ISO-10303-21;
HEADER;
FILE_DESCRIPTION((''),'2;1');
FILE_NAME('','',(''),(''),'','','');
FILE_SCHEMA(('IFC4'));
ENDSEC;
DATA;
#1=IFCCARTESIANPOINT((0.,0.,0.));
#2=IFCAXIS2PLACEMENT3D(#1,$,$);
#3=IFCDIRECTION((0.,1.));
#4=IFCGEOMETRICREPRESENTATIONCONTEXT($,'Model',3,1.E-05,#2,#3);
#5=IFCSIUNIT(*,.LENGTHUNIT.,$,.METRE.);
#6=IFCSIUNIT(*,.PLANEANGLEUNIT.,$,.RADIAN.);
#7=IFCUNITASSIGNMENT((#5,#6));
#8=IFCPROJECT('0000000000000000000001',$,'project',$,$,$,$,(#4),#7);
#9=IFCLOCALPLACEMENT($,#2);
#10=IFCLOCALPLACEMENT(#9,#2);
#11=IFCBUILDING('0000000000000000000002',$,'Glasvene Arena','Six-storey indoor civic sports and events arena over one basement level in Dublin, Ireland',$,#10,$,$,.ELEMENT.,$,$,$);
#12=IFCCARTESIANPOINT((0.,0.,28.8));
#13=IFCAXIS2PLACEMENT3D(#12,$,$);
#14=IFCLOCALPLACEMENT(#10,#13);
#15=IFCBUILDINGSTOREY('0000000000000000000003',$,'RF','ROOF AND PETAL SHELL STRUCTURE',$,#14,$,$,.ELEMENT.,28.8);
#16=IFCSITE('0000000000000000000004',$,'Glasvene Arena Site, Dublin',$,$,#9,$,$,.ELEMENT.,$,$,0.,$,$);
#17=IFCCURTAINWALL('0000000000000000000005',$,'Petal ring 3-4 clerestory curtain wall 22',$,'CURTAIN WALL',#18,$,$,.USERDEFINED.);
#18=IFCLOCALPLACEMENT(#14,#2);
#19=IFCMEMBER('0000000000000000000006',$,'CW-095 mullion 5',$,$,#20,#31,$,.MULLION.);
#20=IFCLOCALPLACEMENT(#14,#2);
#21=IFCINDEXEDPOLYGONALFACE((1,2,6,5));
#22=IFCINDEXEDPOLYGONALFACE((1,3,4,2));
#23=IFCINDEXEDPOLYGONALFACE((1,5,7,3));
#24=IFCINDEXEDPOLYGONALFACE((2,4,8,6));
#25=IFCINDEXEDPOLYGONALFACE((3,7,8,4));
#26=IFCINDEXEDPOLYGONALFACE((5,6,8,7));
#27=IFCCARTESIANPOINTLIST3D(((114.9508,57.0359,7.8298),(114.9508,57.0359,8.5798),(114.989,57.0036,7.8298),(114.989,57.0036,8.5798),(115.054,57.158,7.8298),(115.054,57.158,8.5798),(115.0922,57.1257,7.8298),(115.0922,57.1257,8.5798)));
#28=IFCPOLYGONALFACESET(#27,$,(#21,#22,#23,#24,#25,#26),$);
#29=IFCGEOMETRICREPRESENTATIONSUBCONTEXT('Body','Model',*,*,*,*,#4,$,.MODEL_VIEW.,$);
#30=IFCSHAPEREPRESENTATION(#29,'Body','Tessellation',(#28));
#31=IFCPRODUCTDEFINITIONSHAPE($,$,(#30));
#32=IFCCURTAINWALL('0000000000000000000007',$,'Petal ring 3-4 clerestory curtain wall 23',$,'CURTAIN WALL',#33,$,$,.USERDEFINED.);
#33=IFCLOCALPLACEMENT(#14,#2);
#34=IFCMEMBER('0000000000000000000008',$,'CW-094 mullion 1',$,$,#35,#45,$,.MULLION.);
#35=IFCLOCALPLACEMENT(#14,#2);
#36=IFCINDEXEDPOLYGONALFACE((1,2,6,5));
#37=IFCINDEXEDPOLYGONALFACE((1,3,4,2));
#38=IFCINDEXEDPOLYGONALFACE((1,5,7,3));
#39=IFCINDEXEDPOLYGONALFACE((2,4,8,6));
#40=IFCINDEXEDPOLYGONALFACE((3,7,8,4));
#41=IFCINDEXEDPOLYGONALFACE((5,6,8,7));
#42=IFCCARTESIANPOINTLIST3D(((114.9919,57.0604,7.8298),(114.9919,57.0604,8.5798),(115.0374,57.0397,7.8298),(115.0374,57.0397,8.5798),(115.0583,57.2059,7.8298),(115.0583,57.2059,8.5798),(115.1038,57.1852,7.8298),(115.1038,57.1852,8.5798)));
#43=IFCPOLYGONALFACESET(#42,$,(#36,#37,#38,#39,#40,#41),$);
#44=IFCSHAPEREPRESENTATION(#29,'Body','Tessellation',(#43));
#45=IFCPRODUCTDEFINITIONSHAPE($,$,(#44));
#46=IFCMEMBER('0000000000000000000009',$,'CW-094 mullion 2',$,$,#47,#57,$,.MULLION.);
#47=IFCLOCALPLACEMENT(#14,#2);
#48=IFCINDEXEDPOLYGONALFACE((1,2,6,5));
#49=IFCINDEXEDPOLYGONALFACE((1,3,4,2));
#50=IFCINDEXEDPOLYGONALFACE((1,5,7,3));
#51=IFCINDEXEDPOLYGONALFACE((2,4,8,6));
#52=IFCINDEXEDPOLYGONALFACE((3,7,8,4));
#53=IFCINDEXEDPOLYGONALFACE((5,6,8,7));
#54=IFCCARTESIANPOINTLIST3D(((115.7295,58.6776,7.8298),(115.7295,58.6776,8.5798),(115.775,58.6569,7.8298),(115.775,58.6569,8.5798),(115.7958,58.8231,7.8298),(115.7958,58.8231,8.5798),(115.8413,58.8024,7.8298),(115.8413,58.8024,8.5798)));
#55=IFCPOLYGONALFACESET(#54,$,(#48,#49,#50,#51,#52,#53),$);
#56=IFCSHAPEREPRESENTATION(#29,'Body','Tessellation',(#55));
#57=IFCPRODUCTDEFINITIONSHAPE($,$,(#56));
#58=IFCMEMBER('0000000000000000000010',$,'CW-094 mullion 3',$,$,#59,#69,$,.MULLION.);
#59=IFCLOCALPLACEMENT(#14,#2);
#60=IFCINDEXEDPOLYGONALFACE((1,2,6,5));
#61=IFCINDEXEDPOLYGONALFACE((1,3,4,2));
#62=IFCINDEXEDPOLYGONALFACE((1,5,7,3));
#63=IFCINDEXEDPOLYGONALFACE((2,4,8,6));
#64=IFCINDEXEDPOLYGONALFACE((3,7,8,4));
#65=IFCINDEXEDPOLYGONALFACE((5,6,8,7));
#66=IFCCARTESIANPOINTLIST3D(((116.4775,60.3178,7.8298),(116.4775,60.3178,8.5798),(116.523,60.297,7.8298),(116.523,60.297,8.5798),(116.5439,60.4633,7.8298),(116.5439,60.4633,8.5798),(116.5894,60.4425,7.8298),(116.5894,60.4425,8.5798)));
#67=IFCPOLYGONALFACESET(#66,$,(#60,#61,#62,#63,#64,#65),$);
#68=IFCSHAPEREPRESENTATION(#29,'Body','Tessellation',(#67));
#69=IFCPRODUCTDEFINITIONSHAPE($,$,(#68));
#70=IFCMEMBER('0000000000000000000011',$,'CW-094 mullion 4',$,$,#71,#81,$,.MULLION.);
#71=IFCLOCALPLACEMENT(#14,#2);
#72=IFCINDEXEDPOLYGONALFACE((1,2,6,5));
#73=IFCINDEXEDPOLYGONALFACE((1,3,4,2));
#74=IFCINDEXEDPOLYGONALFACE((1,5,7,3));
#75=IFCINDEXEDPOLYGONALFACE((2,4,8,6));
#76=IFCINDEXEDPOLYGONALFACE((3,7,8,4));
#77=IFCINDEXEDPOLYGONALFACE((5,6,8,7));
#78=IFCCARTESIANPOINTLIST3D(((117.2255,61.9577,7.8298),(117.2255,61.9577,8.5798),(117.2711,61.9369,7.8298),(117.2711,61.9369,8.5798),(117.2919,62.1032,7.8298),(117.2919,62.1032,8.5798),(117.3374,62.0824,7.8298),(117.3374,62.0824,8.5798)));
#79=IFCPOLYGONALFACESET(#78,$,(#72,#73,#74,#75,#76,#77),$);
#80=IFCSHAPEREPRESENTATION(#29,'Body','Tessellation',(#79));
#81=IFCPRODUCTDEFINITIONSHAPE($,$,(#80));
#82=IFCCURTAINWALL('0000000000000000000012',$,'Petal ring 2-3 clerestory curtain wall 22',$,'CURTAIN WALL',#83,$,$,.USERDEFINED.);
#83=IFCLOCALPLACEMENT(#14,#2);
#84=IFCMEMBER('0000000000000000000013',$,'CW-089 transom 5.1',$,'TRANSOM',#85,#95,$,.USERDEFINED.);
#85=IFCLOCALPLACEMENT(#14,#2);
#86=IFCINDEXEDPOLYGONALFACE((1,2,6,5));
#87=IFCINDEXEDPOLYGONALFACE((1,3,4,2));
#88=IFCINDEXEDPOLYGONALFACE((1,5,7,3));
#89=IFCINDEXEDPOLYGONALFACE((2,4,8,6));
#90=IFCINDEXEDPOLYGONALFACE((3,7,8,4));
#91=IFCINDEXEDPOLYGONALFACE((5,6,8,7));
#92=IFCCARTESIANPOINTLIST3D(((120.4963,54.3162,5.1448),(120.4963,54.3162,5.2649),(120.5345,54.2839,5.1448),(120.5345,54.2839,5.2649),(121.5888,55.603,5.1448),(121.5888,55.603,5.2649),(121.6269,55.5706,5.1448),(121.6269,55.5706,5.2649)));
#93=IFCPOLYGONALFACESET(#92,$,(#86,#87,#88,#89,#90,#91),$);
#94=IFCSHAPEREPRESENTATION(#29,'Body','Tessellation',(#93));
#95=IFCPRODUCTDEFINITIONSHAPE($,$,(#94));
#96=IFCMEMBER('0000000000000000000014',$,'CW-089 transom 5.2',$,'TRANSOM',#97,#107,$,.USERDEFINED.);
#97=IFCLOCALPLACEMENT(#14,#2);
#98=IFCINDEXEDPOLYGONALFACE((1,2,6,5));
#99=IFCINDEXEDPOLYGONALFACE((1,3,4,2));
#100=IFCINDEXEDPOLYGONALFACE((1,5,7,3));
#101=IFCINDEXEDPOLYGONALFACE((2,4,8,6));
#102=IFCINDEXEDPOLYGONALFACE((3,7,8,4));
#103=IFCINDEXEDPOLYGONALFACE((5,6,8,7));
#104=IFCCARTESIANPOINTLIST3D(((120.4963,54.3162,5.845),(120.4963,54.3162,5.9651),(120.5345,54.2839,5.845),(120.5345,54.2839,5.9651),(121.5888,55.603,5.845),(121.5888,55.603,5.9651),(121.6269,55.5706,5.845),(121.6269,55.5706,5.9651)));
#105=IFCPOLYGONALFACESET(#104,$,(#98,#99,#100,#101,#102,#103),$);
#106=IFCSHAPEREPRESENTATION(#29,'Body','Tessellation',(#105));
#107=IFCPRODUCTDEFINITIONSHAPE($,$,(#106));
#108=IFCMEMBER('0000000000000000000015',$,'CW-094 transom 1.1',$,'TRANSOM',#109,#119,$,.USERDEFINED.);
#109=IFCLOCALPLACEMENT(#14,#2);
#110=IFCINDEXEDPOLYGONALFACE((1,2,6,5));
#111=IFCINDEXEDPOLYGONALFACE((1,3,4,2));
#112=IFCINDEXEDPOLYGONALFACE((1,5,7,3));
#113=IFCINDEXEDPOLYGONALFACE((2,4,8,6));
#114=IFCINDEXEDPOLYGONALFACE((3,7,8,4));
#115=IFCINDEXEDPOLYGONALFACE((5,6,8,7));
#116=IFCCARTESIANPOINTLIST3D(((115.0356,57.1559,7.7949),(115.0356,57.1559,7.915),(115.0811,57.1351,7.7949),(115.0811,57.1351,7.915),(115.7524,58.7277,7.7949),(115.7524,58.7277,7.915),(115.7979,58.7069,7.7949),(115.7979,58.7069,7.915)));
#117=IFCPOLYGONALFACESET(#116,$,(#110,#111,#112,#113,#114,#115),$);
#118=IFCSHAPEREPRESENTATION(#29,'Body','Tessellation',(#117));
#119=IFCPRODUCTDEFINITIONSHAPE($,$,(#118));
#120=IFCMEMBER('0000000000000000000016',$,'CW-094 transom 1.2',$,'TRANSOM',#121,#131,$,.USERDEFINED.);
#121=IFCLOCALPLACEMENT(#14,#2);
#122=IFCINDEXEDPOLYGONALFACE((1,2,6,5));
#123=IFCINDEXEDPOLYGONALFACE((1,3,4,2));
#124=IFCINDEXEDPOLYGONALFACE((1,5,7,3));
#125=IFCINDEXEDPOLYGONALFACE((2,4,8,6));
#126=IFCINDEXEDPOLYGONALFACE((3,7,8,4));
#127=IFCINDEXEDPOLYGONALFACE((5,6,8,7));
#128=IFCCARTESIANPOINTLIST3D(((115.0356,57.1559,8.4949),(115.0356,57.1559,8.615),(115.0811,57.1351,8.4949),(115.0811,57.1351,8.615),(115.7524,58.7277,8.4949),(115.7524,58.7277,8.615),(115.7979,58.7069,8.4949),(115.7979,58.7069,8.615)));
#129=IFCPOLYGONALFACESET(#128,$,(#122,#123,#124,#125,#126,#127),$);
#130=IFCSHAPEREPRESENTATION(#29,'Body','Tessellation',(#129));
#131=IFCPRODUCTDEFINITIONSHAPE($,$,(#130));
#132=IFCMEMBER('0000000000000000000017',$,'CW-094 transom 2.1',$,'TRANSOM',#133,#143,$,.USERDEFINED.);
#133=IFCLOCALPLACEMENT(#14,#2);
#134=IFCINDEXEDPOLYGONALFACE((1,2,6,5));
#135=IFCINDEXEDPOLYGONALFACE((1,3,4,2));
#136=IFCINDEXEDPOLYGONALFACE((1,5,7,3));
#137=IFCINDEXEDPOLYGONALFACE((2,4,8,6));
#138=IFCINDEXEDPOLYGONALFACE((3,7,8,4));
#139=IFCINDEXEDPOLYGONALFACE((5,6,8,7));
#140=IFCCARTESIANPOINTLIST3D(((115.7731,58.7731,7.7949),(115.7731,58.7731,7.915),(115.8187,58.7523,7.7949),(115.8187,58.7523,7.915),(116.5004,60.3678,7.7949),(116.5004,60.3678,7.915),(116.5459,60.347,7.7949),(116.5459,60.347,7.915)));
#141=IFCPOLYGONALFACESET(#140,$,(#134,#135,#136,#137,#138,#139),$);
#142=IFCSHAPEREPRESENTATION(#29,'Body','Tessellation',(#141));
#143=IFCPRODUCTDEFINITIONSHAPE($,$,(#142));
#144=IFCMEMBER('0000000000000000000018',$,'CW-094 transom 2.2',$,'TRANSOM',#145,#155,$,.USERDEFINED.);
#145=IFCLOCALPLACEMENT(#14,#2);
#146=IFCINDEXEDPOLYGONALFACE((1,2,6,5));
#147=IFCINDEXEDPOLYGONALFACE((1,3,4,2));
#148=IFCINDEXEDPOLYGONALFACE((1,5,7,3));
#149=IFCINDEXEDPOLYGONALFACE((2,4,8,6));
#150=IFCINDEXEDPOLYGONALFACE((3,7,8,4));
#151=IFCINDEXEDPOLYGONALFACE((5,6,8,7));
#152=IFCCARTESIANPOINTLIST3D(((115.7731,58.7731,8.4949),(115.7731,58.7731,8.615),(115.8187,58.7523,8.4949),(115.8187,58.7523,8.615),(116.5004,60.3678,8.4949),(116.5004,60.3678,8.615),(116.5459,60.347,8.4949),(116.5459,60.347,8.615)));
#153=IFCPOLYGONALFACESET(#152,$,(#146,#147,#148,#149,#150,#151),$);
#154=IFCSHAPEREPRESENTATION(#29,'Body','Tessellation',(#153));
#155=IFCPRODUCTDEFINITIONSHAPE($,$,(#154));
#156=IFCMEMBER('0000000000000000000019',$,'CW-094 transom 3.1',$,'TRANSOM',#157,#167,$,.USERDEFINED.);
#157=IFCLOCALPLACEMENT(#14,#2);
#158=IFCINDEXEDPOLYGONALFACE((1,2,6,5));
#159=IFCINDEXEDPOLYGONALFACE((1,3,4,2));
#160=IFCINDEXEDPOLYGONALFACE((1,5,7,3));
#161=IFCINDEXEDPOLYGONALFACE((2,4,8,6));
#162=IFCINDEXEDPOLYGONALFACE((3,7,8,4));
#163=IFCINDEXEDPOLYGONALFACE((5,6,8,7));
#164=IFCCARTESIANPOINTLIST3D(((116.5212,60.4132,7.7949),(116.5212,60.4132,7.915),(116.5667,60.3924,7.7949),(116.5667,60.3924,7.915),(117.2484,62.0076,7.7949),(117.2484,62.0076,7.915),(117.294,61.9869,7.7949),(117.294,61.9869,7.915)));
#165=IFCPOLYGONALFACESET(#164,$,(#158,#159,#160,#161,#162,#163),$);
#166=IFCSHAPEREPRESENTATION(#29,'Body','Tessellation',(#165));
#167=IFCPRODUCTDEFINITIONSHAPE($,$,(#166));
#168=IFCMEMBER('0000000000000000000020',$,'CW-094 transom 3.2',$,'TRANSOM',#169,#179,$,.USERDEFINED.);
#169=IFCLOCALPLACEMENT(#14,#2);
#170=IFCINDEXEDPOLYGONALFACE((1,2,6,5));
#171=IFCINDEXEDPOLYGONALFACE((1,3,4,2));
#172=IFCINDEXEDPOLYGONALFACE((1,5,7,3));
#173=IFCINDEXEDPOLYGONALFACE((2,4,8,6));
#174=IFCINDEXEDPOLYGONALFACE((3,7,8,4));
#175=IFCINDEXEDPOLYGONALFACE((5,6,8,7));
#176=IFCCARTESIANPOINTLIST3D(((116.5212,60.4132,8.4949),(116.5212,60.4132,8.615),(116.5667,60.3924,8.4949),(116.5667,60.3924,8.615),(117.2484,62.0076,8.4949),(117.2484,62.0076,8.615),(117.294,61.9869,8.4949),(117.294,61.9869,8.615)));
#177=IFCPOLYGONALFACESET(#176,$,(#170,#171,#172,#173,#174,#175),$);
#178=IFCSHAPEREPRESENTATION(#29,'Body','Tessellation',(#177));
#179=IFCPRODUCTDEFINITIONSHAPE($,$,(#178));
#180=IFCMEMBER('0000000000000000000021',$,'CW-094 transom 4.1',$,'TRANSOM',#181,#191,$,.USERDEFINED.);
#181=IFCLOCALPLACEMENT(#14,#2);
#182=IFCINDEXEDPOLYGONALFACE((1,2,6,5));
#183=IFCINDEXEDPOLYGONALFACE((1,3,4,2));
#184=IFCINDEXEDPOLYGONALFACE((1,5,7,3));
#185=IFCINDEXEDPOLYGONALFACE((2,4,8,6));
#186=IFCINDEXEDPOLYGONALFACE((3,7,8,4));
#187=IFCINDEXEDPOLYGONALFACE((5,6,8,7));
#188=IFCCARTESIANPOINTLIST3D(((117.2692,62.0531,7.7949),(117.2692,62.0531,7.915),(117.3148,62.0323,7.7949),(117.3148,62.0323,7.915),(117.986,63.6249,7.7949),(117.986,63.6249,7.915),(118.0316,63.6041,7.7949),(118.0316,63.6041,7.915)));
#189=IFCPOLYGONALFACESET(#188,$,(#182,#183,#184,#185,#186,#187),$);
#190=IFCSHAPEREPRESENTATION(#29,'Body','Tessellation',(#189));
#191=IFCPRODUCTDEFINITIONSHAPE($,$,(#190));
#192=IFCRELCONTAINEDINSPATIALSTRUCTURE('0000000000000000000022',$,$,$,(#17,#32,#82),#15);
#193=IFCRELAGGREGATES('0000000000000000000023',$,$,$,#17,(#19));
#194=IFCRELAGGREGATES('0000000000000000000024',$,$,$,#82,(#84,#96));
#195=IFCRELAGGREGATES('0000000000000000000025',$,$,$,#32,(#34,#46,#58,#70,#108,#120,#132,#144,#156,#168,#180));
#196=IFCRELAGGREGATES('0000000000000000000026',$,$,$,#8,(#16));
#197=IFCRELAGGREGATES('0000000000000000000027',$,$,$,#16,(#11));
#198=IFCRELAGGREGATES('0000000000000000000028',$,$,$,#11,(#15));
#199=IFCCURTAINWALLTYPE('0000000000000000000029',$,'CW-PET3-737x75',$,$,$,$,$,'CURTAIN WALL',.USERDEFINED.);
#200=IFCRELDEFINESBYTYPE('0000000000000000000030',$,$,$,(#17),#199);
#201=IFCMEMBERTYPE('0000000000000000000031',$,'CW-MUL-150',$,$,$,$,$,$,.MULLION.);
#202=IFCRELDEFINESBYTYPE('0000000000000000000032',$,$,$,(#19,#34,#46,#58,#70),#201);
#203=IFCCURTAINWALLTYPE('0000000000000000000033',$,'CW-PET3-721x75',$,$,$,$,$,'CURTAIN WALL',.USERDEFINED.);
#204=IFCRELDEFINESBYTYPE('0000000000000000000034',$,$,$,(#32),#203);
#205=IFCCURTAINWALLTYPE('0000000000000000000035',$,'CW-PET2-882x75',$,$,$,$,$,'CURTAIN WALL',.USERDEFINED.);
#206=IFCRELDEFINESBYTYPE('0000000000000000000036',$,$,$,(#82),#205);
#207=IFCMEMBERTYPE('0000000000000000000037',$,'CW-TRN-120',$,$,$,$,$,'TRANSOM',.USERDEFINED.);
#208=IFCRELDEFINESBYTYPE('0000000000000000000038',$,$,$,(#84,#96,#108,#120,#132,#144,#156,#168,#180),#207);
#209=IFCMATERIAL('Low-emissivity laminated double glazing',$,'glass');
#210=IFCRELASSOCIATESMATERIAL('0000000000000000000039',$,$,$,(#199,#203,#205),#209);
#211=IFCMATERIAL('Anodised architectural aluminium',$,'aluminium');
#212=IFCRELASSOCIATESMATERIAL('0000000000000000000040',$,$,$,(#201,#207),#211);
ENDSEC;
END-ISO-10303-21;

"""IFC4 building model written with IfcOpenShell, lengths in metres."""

from ifc_helpers import new_model, si_unit, direction, frame, origin, origin_2d, place, context, subcontext, project, spatial, rectangle, extrude, material, material_profile, profile_set, type_object, element, aggregate, save


model = new_model("IFC4")

# Units and contexts
model_context = context("Model", 3, precision=1e-05, world=origin(), true_north=direction((0.0, 1.0)))
body_context = subcontext(model_context, "Body", "Model", "MODEL_VIEW")
ifc_project = project(units=[si_unit("LENGTHUNIT", "METRE"), si_unit("PLANEANGLEUNIT", "RADIAN")], contexts=[model_context])

# Site, building, storey
site_placement = place(None, origin())
site = spatial("IfcSite", under=ifc_project, at=site_placement, Name="Glasvene Arena Site, Dublin", CompositionType="ELEMENT", RefElevation=0.0)
building_placement = place(site_placement, origin())
building = spatial("IfcBuilding", under=site, at=building_placement, Name="Glasvene Arena", Description="Six-storey indoor civic sports and events arena over one basement level in Dublin, Ireland", CompositionType="ELEMENT")
storey_placement = place(building_placement, frame((0.0, 0.0, 28.8)))
storey = spatial("IfcBuildingStorey", under=building, at=storey_placement, Name="RF", Description="ROOF AND PETAL SHELL STRUCTURE", CompositionType="ELEMENT", Elevation=28.8)

# Curtain wall, member
ifc_material_1 = material(Name="Low-emissivity laminated double glazing", Category="glass")
curtain_wall_type_1 = type_object("IfcCurtainWallType", Name="CW-PET3-737x75", ElementType="CURTAIN WALL", PredefinedType="USERDEFINED", material=ifc_material_1)
curtain_wall_1_placement = place(storey_placement, frame((110.2778, 51.4668, 0.0)))
curtain_wall_1 = element("IfcCurtainWall", 1, at=curtain_wall_1_placement, inside=storey, type_object=curtain_wall_type_1, Name="Petal ring 3-4 clerestory curtain wall 22", ObjectType="CURTAIN WALL", PredefinedType="USERDEFINED")
ifc_material_2 = material(Name="Anodised architectural aluminium", Category="aluminium")
ifc_material_profile_1 = material_profile(ifc_material_2, rectangle(XDim=0.05, YDim=0.1599, at=origin_2d()), Name="ALU MULLION 50x160")
ifc_profile_set_1 = profile_set([ifc_material_profile_1], Name="Anodised architectural aluminium")
member_type_1 = type_object("IfcMemberType", Name="CW-MUL-150", PredefinedType="MULLION", material=ifc_profile_set_1)
member_1_placement = place(storey_placement, frame((115.0215, 57.0808, 7.8298), z_axis=(0.0, 0.0, 1.0), x_axis=(-0.76385, 0.645394, 0.0)))
member_1 = element("IfcMember", 2, at=member_1_placement, type_object=member_type_1, Name="CW-095 mullion 5", PredefinedType="MULLION", context=body_context, shape_type="SweptSolid", body=[
    extrude(rectangle(XDim=0.05, YDim=0.1599, at=origin_2d()), origin(), (0.0, 0.0, 1.0), 0.75),
])
aggregate(curtain_wall_1, [member_1])

# Curtain walls, members
curtain_wall_type_2 = type_object("IfcCurtainWallType", Name="CW-PET3-721x75", ElementType="CURTAIN WALL", PredefinedType="USERDEFINED", material=ifc_material_1)
curtain_wall_2_placement = place(storey_placement, frame((115.0376, 57.1001, 0.0)))
curtain_wall_2 = element("IfcCurtainWall", 3, at=curtain_wall_2_placement, inside=storey, type_object=curtain_wall_type_2, Name="Petal ring 3-4 clerestory curtain wall 23", ObjectType="CURTAIN WALL", PredefinedType="USERDEFINED")
member_2_placement = place(storey_placement, frame((115.0479, 57.1228, 7.8298), z_axis=(0.0, 0.0, 1.0), x_axis=(-0.909836, 0.414968, 0.0)))
member_2 = element("IfcMember", 4, at=member_2_placement, type_object=member_type_1, Name="CW-094 mullion 1", PredefinedType="MULLION", context=body_context, shape_type="SweptSolid", body=[
    extrude(rectangle(XDim=0.05, YDim=0.1599, at=origin_2d()), origin(), (0.0, 0.0, 1.0), 0.75),
])
member_3_placement = place(storey_placement, frame((115.7854, 58.74, 7.8298), z_axis=(0.0, 0.0, 1.0), x_axis=(-0.909836, 0.414968, 0.0)))
member_3 = element("IfcMember", 5, at=member_3_placement, type_object=member_type_1, Name="CW-094 mullion 2", PredefinedType="MULLION", context=body_context, shape_type="SweptSolid", body=[
    extrude(rectangle(XDim=0.05, YDim=0.1599, at=origin_2d()), origin(), (0.0, 0.0, 1.0), 0.75),
])
member_4_placement = place(storey_placement, frame((116.5334, 60.3801, 7.8298), z_axis=(0.0, 0.0, 1.0), x_axis=(-0.909836, 0.414968, 0.0)))
member_4 = element("IfcMember", 6, at=member_4_placement, type_object=member_type_1, Name="CW-094 mullion 3", PredefinedType="MULLION", context=body_context, shape_type="SweptSolid", body=[
    extrude(rectangle(XDim=0.05, YDim=0.1599, at=origin_2d()), origin(), (0.0, 0.0, 1.0), 0.75),
])
member_5_placement = place(storey_placement, frame((117.2815, 62.02, 7.8298), z_axis=(0.0, 0.0, 1.0), x_axis=(-0.909836, 0.414968, 0.0)))
member_5 = element("IfcMember", 7, at=member_5_placement, type_object=member_type_1, Name="CW-094 mullion 4", PredefinedType="MULLION", context=body_context, shape_type="SweptSolid", body=[
    extrude(rectangle(XDim=0.05, YDim=0.1599, at=origin_2d()), origin(), (0.0, 0.0, 1.0), 0.75),
])
curtain_wall_type_3 = type_object("IfcCurtainWallType", Name="CW-PET2-882x75", ElementType="CURTAIN WALL", PredefinedType="USERDEFINED", material=ifc_material_1)
curtain_wall_3_placement = place(storey_placement, frame((115.9351, 48.9043, 0.0)))
curtain_wall_3 = element("IfcCurtainWall", 8, at=curtain_wall_3_placement, inside=storey, type_object=curtain_wall_type_3, Name="Petal ring 2-3 clerestory curtain wall 22", ObjectType="CURTAIN WALL", PredefinedType="USERDEFINED")
ifc_material_profile_2 = material_profile(ifc_material_2, rectangle(XDim=0.05, YDim=0.1201, at=origin_2d()), Name="ALU TRANSOM 50x120")
ifc_profile_set_2 = profile_set([ifc_material_profile_2], Name="Anodised architectural aluminium")
member_type_2 = type_object("IfcMemberType", Name="CW-TRN-120", ElementType="TRANSOM", PredefinedType="USERDEFINED", material=ifc_profile_set_2)
member_6_placement = place(storey_placement, frame((120.5154, 54.3, 5.2048), z_axis=(0.647199, 0.762321, 0.0), x_axis=(-0.762321, 0.647199, 0.0)))
member_6 = element("IfcMember", 9, at=member_6_placement, type_object=member_type_2, Name="CW-089 transom 5.1", ObjectType="TRANSOM", PredefinedType="USERDEFINED", context=body_context, shape_type="SweptSolid", body=[
    extrude(rectangle(XDim=0.05, YDim=0.1201, at=origin_2d()), origin(), (0.0, 0.0, 1.0), 1.688),
])
member_7_placement = place(storey_placement, frame((120.5154, 54.3, 5.905), z_axis=(0.647199, 0.762321, 0.0), x_axis=(-0.762321, 0.647199, 0.0)))
member_7 = element("IfcMember", 10, at=member_7_placement, type_object=member_type_2, Name="CW-089 transom 5.2", ObjectType="TRANSOM", PredefinedType="USERDEFINED", context=body_context, shape_type="SweptSolid", body=[
    extrude(rectangle(XDim=0.05, YDim=0.1201, at=origin_2d()), origin(), (0.0, 0.0, 1.0), 1.688),
])

# Members
member_8_placement = place(storey_placement, frame((115.0583, 57.1455, 7.855), z_axis=(0.414931, 0.909853, 0.0), x_axis=(-0.909853, 0.414931, 0.0)))
member_8 = element("IfcMember", 11, at=member_8_placement, type_object=member_type_2, Name="CW-094 transom 1.1", ObjectType="TRANSOM", PredefinedType="USERDEFINED", context=body_context, shape_type="SweptSolid", body=[
    extrude(rectangle(XDim=0.05, YDim=0.1201, at=origin_2d()), origin(), (0.0, 0.0, 1.0), 1.7275),
])
member_9_placement = place(storey_placement, frame((115.0583, 57.1455, 8.5549), z_axis=(0.414931, 0.909853, 0.0), x_axis=(-0.909853, 0.414931, 0.0)))
member_9 = element("IfcMember", 12, at=member_9_placement, type_object=member_type_2, Name="CW-094 transom 1.2", ObjectType="TRANSOM", PredefinedType="USERDEFINED", context=body_context, shape_type="SweptSolid", body=[
    extrude(rectangle(XDim=0.05, YDim=0.1201, at=origin_2d()), origin(), (0.0, 0.0, 1.0), 1.7275),
])
member_10_placement = place(storey_placement, frame((115.7959, 58.7627, 7.855), z_axis=(0.414947, 0.909846, 0.0), x_axis=(-0.909846, 0.414947, 0.0)))
member_10 = element("IfcMember", 13, at=member_10_placement, type_object=member_type_2, Name="CW-094 transom 2.1", ObjectType="TRANSOM", PredefinedType="USERDEFINED", context=body_context, shape_type="SweptSolid", body=[
    extrude(rectangle(XDim=0.05, YDim=0.1201, at=origin_2d()), origin(), (0.0, 0.0, 1.0), 1.7527),
])
member_11_placement = place(storey_placement, frame((115.7959, 58.7627, 8.5549), z_axis=(0.414947, 0.909846, 0.0), x_axis=(-0.909846, 0.414947, 0.0)))
member_11 = element("IfcMember", 14, at=member_11_placement, type_object=member_type_2, Name="CW-094 transom 2.2", ObjectType="TRANSOM", PredefinedType="USERDEFINED", context=body_context, shape_type="SweptSolid", body=[
    extrude(rectangle(XDim=0.05, YDim=0.1201, at=origin_2d()), origin(), (0.0, 0.0, 1.0), 1.7527),
])
member_12_placement = place(storey_placement, frame((116.5439, 60.4028, 7.855), z_axis=(0.414999, 0.909822, 0.0), x_axis=(-0.909822, 0.414999, 0.0)))
member_12 = element("IfcMember", 15, at=member_12_placement, type_object=member_type_2, Name="CW-094 transom 3.1", ObjectType="TRANSOM", PredefinedType="USERDEFINED", context=body_context, shape_type="SweptSolid", body=[
    extrude(rectangle(XDim=0.05, YDim=0.1201, at=origin_2d()), origin(), (0.0, 0.0, 1.0), 1.7524),
])
member_13_placement = place(storey_placement, frame((116.5439, 60.4028, 8.5549), z_axis=(0.414999, 0.909822, 0.0), x_axis=(-0.909822, 0.414999, 0.0)))
member_13 = element("IfcMember", 16, at=member_13_placement, type_object=member_type_2, Name="CW-094 transom 3.2", ObjectType="TRANSOM", PredefinedType="USERDEFINED", context=body_context, shape_type="SweptSolid", body=[
    extrude(rectangle(XDim=0.05, YDim=0.1201, at=origin_2d()), origin(), (0.0, 0.0, 1.0), 1.7524),
])
member_14_placement = place(storey_placement, frame((117.292, 62.0427, 7.855), z_axis=(0.414931, 0.909853, 0.0), x_axis=(-0.909853, 0.414931, 0.0)))
member_14 = element("IfcMember", 17, at=member_14_placement, type_object=member_type_2, Name="CW-094 transom 4.1", ObjectType="TRANSOM", PredefinedType="USERDEFINED", context=body_context, shape_type="SweptSolid", body=[
    extrude(rectangle(XDim=0.05, YDim=0.1201, at=origin_2d()), origin(), (0.0, 0.0, 1.0), 1.7275),
])

aggregate(curtain_wall_3, [member_6, member_7])
aggregate(curtain_wall_2, [member_2, member_3, member_4, member_5, member_8, member_9, member_10, member_11, member_12, member_13, member_14])

save(model, "model.ifc")
